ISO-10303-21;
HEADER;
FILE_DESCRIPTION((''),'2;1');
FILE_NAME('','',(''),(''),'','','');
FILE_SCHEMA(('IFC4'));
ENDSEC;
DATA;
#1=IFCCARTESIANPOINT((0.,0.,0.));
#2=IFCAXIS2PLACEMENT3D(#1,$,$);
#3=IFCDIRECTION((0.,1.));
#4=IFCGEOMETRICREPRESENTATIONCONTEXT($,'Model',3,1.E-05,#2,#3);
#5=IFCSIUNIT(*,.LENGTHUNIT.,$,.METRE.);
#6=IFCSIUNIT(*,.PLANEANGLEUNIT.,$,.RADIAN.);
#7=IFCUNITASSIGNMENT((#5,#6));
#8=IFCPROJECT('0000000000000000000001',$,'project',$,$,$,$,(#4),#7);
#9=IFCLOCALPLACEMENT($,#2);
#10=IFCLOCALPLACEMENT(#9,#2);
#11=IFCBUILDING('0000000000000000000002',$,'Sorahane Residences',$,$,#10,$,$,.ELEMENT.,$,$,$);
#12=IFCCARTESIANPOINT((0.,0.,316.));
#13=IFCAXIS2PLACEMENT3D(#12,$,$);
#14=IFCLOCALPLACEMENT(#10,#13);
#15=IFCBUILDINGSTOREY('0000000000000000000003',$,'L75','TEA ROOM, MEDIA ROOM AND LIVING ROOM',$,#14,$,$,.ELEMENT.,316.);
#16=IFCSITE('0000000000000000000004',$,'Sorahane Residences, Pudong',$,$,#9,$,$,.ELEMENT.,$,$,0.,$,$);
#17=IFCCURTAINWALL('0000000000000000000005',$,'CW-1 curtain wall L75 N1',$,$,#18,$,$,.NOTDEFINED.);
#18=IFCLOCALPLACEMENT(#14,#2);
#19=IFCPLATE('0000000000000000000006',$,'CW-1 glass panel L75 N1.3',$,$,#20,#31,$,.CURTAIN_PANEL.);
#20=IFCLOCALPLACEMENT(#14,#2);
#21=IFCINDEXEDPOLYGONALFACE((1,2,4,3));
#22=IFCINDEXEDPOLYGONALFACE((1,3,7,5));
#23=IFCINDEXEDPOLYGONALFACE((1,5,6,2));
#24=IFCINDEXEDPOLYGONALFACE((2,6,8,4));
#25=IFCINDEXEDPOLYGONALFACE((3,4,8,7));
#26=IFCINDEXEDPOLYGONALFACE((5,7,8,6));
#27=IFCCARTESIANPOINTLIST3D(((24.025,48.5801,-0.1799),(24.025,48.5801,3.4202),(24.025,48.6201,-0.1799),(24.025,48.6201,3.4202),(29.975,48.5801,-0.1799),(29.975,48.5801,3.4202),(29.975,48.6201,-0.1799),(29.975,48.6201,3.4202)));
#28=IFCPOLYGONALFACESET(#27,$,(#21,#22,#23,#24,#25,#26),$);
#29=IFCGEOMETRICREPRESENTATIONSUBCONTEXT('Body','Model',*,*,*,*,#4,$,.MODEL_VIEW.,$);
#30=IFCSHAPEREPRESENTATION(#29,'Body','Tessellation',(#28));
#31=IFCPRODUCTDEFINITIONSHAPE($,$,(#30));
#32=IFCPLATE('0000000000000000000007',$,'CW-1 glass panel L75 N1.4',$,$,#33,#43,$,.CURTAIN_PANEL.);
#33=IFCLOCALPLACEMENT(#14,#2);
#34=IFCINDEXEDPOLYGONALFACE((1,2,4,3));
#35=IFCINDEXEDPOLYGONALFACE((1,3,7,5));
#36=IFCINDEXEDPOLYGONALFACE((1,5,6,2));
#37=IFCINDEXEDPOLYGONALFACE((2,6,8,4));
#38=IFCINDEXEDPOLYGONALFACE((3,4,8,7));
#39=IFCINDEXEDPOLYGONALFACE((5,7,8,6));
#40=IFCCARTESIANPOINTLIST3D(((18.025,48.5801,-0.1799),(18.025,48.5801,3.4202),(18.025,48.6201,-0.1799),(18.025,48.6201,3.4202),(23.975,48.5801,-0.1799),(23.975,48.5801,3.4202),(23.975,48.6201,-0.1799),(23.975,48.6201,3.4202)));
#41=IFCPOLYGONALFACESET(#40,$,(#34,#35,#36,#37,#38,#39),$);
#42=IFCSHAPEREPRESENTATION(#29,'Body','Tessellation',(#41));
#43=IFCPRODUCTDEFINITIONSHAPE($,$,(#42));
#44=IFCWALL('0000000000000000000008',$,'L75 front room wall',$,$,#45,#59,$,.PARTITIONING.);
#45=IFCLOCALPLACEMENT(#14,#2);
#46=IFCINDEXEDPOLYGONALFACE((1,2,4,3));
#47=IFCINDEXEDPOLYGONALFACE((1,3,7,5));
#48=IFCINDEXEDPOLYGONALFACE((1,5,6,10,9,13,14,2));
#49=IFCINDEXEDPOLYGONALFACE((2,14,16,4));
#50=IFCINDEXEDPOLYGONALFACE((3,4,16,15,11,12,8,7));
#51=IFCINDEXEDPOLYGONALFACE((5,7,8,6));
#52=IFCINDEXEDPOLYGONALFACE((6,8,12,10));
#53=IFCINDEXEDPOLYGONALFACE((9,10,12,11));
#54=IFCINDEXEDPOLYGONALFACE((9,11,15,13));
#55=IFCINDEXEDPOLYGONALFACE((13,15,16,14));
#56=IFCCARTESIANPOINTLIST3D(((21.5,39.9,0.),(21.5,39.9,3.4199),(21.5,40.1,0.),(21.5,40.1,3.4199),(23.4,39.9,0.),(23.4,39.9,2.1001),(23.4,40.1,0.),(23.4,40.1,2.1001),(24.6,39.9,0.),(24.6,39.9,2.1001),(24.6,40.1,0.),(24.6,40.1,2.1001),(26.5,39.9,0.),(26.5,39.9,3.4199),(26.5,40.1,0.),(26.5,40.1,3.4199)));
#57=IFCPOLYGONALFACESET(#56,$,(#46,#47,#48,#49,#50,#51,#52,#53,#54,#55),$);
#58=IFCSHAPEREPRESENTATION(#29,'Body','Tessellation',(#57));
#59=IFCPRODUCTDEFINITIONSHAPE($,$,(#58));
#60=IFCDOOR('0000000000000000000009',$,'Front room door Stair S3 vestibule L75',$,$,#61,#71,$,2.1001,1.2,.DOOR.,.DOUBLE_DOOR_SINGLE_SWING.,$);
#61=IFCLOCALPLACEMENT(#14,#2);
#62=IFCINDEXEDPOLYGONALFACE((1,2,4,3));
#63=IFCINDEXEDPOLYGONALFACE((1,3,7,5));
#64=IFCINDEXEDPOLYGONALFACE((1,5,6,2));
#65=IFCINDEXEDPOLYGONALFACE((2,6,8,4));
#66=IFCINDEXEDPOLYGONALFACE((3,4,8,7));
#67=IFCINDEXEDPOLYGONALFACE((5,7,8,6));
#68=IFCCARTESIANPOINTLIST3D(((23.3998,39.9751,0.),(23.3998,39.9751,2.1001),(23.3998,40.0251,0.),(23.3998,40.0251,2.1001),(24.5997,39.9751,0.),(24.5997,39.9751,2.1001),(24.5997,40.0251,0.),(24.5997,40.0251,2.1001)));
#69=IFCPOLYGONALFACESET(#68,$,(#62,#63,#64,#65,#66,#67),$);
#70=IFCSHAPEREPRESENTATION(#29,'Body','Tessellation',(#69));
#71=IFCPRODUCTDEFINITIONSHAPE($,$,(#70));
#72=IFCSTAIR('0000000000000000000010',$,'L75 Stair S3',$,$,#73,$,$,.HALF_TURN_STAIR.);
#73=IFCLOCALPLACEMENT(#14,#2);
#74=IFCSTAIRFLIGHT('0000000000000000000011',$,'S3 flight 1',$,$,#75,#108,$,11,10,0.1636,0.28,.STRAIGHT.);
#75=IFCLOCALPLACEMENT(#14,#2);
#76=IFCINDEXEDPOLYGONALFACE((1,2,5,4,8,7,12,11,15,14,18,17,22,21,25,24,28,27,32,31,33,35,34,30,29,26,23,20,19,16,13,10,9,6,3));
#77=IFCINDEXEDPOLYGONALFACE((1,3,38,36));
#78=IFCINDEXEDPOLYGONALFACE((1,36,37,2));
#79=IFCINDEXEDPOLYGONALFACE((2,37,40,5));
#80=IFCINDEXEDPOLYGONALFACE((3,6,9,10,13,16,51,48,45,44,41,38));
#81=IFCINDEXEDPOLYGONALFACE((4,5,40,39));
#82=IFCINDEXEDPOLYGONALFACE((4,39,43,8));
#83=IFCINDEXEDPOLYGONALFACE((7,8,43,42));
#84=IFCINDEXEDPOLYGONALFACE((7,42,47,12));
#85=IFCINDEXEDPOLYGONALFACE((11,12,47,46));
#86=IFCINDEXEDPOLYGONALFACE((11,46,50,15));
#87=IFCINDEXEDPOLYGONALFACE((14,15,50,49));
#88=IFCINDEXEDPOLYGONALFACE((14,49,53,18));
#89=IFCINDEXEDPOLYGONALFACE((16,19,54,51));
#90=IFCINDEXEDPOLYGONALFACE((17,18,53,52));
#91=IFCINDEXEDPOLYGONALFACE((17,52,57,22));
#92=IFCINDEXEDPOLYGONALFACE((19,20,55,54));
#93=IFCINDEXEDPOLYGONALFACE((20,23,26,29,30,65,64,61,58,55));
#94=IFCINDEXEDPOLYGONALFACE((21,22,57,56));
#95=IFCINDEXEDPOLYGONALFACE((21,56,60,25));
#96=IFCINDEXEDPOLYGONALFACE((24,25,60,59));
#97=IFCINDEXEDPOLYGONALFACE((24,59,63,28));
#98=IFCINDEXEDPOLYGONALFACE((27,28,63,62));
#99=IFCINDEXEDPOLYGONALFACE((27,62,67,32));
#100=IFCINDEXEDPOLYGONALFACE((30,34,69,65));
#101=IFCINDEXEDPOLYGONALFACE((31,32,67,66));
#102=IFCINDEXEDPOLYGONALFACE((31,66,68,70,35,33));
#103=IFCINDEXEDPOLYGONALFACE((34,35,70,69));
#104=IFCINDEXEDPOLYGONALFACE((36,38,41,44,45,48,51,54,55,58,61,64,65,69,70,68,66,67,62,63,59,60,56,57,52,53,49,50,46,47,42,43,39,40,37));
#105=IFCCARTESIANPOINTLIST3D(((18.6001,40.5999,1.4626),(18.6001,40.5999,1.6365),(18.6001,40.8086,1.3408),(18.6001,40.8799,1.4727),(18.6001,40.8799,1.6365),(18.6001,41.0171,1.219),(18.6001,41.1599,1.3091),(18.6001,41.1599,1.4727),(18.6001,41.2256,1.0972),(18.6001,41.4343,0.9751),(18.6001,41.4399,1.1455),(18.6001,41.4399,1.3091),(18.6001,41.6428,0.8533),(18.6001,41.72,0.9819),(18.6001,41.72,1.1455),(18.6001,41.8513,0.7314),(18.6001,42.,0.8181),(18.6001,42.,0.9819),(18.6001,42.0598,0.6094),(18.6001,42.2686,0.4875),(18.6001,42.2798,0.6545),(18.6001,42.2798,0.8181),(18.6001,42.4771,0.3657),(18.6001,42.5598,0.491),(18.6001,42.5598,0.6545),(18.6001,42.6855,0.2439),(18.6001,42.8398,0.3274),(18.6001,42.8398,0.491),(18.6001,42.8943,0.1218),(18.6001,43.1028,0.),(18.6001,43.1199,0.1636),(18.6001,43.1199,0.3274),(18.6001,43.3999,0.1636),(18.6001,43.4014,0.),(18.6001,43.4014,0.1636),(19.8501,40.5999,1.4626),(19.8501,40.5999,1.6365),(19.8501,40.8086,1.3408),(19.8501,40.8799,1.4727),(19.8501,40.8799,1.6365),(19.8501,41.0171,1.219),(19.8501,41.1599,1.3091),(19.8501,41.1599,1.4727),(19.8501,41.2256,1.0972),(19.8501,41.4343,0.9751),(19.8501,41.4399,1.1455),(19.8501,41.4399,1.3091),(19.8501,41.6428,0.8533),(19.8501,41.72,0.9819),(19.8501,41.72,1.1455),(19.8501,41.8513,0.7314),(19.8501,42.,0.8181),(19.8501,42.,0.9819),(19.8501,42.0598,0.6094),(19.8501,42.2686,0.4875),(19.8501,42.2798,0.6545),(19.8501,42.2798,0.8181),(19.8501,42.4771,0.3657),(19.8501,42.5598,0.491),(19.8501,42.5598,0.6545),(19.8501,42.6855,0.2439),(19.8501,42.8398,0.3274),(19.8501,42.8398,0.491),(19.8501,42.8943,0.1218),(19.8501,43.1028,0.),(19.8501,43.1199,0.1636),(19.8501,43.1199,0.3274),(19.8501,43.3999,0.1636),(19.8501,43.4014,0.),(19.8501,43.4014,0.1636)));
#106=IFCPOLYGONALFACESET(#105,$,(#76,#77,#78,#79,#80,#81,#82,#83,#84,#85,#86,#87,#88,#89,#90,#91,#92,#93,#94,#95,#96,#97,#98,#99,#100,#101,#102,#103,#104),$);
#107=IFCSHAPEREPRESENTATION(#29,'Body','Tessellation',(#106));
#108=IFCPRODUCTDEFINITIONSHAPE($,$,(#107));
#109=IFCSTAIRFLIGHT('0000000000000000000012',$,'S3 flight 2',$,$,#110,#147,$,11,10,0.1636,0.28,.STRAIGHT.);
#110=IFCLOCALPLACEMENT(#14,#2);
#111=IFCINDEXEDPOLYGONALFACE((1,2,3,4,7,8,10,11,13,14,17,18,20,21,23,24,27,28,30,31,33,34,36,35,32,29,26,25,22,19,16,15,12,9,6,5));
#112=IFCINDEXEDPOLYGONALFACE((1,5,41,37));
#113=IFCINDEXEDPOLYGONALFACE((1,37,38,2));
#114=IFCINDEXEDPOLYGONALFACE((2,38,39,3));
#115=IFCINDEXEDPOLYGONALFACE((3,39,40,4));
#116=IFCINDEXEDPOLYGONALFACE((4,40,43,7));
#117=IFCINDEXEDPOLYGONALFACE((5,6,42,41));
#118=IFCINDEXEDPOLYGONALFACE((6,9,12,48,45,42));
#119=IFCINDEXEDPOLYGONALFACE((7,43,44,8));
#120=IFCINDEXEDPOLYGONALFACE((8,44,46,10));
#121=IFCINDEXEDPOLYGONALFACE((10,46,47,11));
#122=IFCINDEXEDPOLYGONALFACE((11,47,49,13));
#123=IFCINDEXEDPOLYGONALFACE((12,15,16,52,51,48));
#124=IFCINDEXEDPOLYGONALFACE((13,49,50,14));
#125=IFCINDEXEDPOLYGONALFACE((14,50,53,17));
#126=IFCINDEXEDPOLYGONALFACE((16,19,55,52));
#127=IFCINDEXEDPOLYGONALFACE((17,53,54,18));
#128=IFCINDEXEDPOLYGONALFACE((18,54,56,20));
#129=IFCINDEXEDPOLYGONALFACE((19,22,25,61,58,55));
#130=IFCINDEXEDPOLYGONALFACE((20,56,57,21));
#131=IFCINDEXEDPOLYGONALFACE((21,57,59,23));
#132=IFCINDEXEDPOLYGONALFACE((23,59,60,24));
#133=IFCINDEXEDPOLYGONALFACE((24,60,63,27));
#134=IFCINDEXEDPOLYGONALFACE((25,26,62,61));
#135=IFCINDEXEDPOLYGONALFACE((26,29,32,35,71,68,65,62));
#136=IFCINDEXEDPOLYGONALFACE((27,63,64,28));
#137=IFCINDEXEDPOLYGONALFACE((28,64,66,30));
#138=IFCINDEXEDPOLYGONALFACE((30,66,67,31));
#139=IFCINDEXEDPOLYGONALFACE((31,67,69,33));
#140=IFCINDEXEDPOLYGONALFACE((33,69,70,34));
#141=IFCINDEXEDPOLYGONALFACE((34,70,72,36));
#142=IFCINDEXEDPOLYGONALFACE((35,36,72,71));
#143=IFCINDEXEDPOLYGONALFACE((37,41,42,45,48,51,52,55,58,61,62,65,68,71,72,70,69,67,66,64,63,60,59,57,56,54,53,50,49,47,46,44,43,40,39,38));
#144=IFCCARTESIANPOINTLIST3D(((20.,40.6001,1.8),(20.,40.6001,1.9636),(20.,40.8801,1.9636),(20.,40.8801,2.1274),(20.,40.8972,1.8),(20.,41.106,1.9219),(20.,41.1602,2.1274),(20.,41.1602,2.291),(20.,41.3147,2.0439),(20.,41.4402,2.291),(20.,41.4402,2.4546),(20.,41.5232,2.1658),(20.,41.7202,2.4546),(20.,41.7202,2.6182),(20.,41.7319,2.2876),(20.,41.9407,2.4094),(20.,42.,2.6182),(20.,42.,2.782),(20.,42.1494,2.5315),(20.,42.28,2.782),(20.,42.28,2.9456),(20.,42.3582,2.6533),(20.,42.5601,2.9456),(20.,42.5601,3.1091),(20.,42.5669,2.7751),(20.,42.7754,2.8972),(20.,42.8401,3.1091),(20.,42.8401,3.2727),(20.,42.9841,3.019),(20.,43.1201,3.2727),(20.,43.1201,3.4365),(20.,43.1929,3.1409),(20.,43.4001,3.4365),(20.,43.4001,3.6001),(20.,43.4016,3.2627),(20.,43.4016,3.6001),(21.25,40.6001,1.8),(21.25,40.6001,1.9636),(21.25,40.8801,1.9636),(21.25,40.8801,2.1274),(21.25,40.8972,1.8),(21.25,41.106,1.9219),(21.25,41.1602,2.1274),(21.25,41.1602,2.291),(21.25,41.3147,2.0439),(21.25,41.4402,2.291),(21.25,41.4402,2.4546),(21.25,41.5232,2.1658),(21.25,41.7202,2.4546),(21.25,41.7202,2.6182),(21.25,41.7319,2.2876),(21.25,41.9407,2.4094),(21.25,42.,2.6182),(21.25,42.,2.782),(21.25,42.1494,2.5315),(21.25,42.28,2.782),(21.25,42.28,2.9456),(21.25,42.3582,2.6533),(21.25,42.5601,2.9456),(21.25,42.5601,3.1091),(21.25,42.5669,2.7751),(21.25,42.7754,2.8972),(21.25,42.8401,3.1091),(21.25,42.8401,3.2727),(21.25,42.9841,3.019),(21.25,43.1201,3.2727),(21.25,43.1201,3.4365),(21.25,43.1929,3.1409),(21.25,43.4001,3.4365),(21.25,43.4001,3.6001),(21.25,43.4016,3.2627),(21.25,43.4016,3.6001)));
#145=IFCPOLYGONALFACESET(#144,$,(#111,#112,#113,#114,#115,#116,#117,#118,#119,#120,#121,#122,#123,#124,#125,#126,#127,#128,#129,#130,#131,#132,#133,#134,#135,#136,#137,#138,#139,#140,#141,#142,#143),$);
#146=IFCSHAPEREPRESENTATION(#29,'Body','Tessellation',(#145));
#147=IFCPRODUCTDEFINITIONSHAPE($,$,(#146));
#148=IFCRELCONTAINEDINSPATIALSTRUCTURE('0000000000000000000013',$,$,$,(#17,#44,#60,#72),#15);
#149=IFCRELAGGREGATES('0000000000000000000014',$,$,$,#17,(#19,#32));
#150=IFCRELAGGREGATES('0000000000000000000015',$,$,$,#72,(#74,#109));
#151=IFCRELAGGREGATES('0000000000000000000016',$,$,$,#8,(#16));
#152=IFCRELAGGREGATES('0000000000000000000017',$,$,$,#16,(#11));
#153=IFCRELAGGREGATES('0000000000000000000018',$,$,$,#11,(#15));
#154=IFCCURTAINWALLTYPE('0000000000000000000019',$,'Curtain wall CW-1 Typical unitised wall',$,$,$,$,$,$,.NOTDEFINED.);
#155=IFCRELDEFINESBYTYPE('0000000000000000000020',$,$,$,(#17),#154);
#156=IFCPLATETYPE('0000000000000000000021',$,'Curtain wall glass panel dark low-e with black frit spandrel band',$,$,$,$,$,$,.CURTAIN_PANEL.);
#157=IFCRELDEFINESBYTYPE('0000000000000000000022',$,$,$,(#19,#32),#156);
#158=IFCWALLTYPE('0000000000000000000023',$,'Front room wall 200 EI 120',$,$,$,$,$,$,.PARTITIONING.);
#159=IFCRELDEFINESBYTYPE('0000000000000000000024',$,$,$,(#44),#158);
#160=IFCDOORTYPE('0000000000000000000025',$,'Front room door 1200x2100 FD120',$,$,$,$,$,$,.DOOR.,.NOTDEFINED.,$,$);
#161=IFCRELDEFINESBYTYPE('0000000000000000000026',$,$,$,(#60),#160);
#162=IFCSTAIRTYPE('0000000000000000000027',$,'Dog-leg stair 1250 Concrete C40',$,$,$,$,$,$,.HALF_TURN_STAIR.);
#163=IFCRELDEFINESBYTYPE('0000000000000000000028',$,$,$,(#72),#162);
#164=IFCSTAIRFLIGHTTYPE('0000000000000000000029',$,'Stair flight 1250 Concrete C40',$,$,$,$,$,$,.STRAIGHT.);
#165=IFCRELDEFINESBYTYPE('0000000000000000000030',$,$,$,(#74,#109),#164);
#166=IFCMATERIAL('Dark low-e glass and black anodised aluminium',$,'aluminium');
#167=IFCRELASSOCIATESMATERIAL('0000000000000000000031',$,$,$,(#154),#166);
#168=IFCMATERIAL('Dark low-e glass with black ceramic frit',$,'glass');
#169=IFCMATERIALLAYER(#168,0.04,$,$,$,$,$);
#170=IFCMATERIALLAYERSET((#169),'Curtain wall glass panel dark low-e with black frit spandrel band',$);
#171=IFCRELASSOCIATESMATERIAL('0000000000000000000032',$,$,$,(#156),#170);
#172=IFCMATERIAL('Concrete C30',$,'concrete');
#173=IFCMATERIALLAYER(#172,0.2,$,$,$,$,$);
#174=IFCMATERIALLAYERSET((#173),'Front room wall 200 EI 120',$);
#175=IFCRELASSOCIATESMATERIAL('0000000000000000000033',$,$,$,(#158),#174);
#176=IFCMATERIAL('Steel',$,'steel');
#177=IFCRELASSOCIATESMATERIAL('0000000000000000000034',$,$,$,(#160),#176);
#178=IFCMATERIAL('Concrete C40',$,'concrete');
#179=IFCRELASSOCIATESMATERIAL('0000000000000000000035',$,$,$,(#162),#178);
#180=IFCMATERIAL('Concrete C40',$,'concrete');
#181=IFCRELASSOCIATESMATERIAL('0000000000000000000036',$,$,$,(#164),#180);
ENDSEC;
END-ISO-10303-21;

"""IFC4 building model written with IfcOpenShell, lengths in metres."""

from ifc_helpers import new_model, si_unit, direction, frame, frame_2d, origin, origin_2d, place, context, subcontext, project, spatial, polyline, rectangle, outline, extrude, material, layer, layer_set, type_object, element, fill, aggregate, save


model = new_model("IFC4")

# Units and contexts
model_context = context("Model", 3, precision=1e-05, world=origin(), true_north=direction((0.0, 1.0)))
body_context = subcontext(model_context, "Body", "Model", "MODEL_VIEW")
ifc_project = project(units=[si_unit("LENGTHUNIT", "METRE"), si_unit("PLANEANGLEUNIT", "RADIAN")], contexts=[model_context])

# Site, building, storey
site_placement = place(None, origin())
site = spatial("IfcSite", under=ifc_project, at=site_placement, Name="Sorahane Residences, Pudong", CompositionType="ELEMENT", RefElevation=0.0)
building_placement = place(site_placement, origin())
building = spatial("IfcBuilding", under=site, at=building_placement, Name="Sorahane Residences", CompositionType="ELEMENT")
storey_placement = place(building_placement, frame((0.0, 0.0, 316.0)))
storey = spatial("IfcBuildingStorey", under=building, at=storey_placement, Name="L75", Description="TEA ROOM, MEDIA ROOM AND LIVING ROOM", CompositionType="ELEMENT", Elevation=316.0)

# Curtain wall
ifc_material_1 = material(Name="Dark low-e glass and black anodised aluminium", Category="aluminium")
curtain_wall_type = type_object("IfcCurtainWallType", Name="Curtain wall CW-1 Typical unitised wall", PredefinedType="NOTDEFINED", material=ifc_material_1)
curtain_wall_placement = place(storey_placement, origin())
curtain_wall = element("IfcCurtainWall", 1, at=curtain_wall_placement, inside=storey, type_object=curtain_wall_type, Name="CW-1 curtain wall L75 N1", PredefinedType="NOTDEFINED")

# Plates
ifc_material_2 = material(Name="Dark low-e glass with black ceramic frit", Category="glass")
ifc_layer_1 = layer(ifc_material_2, 0.04)
ifc_layer_set_1 = layer_set([ifc_layer_1], Name="Curtain wall glass panel dark low-e with black frit spandrel band")
plate_type = type_object("IfcPlateType", Name="Curtain wall glass panel dark low-e with black frit spandrel band", PredefinedType="CURTAIN_PANEL", material=ifc_layer_set_1)
plate_1_placement = place(storey_placement, frame((27.0, 48.6001, -0.1799), z_axis=(0.0, 0.0, 1.0), x_axis=(-1.0, 0.0, 0.0)))
plate_1 = element("IfcPlate", 2, at=plate_1_placement, type_object=plate_type, Name="CW-1 glass panel L75 N1.3", PredefinedType="CURTAIN_PANEL", context=body_context, shape_type="SweptSolid", body=[
    extrude(rectangle(XDim=5.95, YDim=0.04, at=origin_2d()), origin(), (0.0, 0.0, 1.0), 3.6001),
])
plate_2_placement = place(storey_placement, frame((21.0, 48.6001, -0.1799), z_axis=(0.0, 0.0, 1.0), x_axis=(-1.0, 0.0, 0.0)))
plate_2 = element("IfcPlate", 3, at=plate_2_placement, type_object=plate_type, Name="CW-1 glass panel L75 N1.4", PredefinedType="CURTAIN_PANEL", context=body_context, shape_type="SweptSolid", body=[
    extrude(rectangle(XDim=5.95, YDim=0.04, at=origin_2d()), origin(), (0.0, 0.0, 1.0), 3.6001),
])
aggregate(curtain_wall, [plate_1, plate_2])

# Wall, opening, door
ifc_material_3 = material(Name="Concrete C30", Category="concrete")
ifc_layer_2 = layer(ifc_material_3, 0.2)
ifc_layer_set_2 = layer_set([ifc_layer_2], Name="Front room wall 200 EI 120")
wall_type = type_object("IfcWallType", Name="Front room wall 200 EI 120", PredefinedType="PARTITIONING", material=ifc_layer_set_2)
wall_placement = place(storey_placement, frame((21.5, 40.0, 0.0), z_axis=(0.0, 0.0, 1.0), x_axis=(1.0, 0.0, 0.0)))
wall = element("IfcWall", 4, at=wall_placement, inside=storey, type_object=wall_type, Name="L75 front room wall", PredefinedType="PARTITIONING", context=body_context, shape_type="SweptSolid", body=[
    extrude(rectangle(XDim=5.0, YDim=0.2, at=frame_2d((2.5, 0.0))), origin(), (0.0, 0.0, 1.0), 3.4199),
])
opening_placement = place(wall_placement, frame((1.8999, 0.0, 0.0)))
opening = element("IfcOpeningElement", 5, at=opening_placement, cuts=wall, PredefinedType="OPENING", context=body_context, shape_type="SweptSolid", body=[
    extrude(rectangle(XDim=1.2, YDim=2.1001, at=frame_2d((0.6001, 1.05))), frame((0.0, 0.1099, 0.0), z_axis=(0.0, -1.0, 0.0), x_axis=(1.0, 0.0, 0.0)), (0.0, 0.0, 1.0), 0.22),
])
ifc_material_4 = material(Name="Steel", Category="steel")
door_type = type_object("IfcDoorType", Name="Front room door 1200x2100 FD120", OperationType="NOTDEFINED", PredefinedType="DOOR", material=ifc_material_4)
door_placement = place(opening_placement, frame((1.2, 0.0, 0.0), z_axis=(0.0, 0.0, 1.0), x_axis=(-1.0, 0.0, 0.0)))
door = element("IfcDoor", 6, at=door_placement, inside=storey, type_object=door_type, Name="Front room door Stair S3 vestibule L75", OperationType="DOUBLE_DOOR_SINGLE_SWING", OverallHeight=2.1001, OverallWidth=1.2, PredefinedType="DOOR", context=body_context, shape_type="SweptSolid", body=[
    extrude(rectangle(XDim=1.2, YDim=2.1001, at=frame_2d((0.6001, 1.05))), frame((0.0, 0.0249, 0.0), z_axis=(0.0, -1.0, 0.0), x_axis=(1.0, 0.0, 0.0)), (0.0, 0.0, 1.0), 0.05),
])
fill(opening, door)

# Stair, stair flights
ifc_material_5 = material(Name="Concrete C40", Category="concrete")
stair_type = type_object("IfcStairType", Name="Dog-leg stair 1250 Concrete C40", PredefinedType="HALF_TURN_STAIR", material=ifc_material_5)
stair_placement = place(storey_placement, origin())
stair = element("IfcStair", 7, at=stair_placement, inside=storey, type_object=stair_type, Name="L75 Stair S3", PredefinedType="HALF_TURN_STAIR")
ifc_material_6 = material(Name="Concrete C40", Category="concrete")
stair_flight_type = type_object("IfcStairFlightType", Name="Stair flight 1250 Concrete C40", PredefinedType="STRAIGHT", material=ifc_material_6)
stair_flight_1_placement = place(storey_placement, frame((19.2251, 43.3999, 0.0), z_axis=(0.0, 0.0, 1.0), x_axis=(0.0, -1.0, 0.0)))
stair_flight_1 = element("IfcStairFlight", 8, at=stair_flight_1_placement, type_object=stair_flight_type, Name="S3 flight 1", NumberOfRisers=11, NumberOfTreads=10, PredefinedType="STRAIGHT", RiserHeight=0.1636, TreadLength=0.28, context=body_context, shape_type="SweptSolid", body=[
    extrude(outline(polyline([(-0.0015, 0.0), (-0.0015, 0.1636), (0.0, 0.1636), (0.28, 0.1636), (0.28, 0.3274), (0.5601, 0.3274), (0.5601, 0.491), (0.8401, 0.491), (0.8401, 0.6545), (1.1201, 0.6545), (1.1201, 0.8181), (1.3999, 0.8181), (1.3999, 0.9819), (1.6799, 0.9819), (1.6799, 1.1455), (1.96, 1.1455), (1.96, 1.3091), (2.24, 1.3091), (2.24, 1.4727), (2.52, 1.4727), (2.52, 1.6365), (2.8, 1.6365), (2.8, 1.8), (2.8, 1.4626), (2.5913, 1.3408), (2.3828, 1.219), (2.1743, 1.0972), (1.9656, 0.9751), (1.7571, 0.8533), (1.5486, 0.7314), (1.3401, 0.6094), (1.1313, 0.4875), (0.9229, 0.3657), (0.7144, 0.2439), (0.5056, 0.1218), (0.2971, 0.0), (-0.0015, 0.0)])), frame((0.0, 0.625, 0.0), z_axis=(0.0, -1.0, 0.0), x_axis=(1.0, 0.0, 0.0)), (0.0, 0.0, 1.0), 1.25),
])
stair_flight_2_placement = place(storey_placement, frame((20.625, 40.6001, 1.8), z_axis=(0.0, 0.0, 1.0), x_axis=(0.0, 1.0, 0.0)))
stair_flight_2 = element("IfcStairFlight", 9, at=stair_flight_2_placement, type_object=stair_flight_type, Name="S3 flight 2", NumberOfRisers=11, NumberOfTreads=10, PredefinedType="STRAIGHT", RiserHeight=0.1636, TreadLength=0.28, context=body_context, shape_type="SweptSolid", body=[
    extrude(outline(polyline([(0.0, 0.0), (0.0, 0.1636), (0.28, 0.1636), (0.28, 0.3274), (0.5601, 0.3274), (0.5601, 0.491), (0.8401, 0.491), (0.8401, 0.6545), (1.1201, 0.6545), (1.1201, 0.8181), (1.3999, 0.8181), (1.3999, 0.9819), (1.6799, 0.9819), (1.6799, 1.1455), (1.96, 1.1455), (1.96, 1.3091), (2.24, 1.3091), (2.24, 1.4727), (2.52, 1.4727), (2.52, 1.6365), (2.8, 1.6365), (2.8, 1.8), (2.8015, 1.8), (2.8015, 1.4626), (2.5928, 1.3408), (2.384, 1.219), (2.1753, 1.0972), (1.9668, 0.9751), (1.7581, 0.8533), (1.5493, 0.7314), (1.3406, 0.6094), (1.1318, 0.4875), (0.9231, 0.3657), (0.7146, 0.2439), (0.5059, 0.1218), (0.2971, 0.0), (0.0, 0.0)])), frame((0.0, 0.625, 0.0), z_axis=(0.0, -1.0, 0.0), x_axis=(1.0, 0.0, 0.0)), (0.0, 0.0, 1.0), 1.25),
])
aggregate(stair, [stair_flight_1, stair_flight_2])

save(model, "model.ifc")
